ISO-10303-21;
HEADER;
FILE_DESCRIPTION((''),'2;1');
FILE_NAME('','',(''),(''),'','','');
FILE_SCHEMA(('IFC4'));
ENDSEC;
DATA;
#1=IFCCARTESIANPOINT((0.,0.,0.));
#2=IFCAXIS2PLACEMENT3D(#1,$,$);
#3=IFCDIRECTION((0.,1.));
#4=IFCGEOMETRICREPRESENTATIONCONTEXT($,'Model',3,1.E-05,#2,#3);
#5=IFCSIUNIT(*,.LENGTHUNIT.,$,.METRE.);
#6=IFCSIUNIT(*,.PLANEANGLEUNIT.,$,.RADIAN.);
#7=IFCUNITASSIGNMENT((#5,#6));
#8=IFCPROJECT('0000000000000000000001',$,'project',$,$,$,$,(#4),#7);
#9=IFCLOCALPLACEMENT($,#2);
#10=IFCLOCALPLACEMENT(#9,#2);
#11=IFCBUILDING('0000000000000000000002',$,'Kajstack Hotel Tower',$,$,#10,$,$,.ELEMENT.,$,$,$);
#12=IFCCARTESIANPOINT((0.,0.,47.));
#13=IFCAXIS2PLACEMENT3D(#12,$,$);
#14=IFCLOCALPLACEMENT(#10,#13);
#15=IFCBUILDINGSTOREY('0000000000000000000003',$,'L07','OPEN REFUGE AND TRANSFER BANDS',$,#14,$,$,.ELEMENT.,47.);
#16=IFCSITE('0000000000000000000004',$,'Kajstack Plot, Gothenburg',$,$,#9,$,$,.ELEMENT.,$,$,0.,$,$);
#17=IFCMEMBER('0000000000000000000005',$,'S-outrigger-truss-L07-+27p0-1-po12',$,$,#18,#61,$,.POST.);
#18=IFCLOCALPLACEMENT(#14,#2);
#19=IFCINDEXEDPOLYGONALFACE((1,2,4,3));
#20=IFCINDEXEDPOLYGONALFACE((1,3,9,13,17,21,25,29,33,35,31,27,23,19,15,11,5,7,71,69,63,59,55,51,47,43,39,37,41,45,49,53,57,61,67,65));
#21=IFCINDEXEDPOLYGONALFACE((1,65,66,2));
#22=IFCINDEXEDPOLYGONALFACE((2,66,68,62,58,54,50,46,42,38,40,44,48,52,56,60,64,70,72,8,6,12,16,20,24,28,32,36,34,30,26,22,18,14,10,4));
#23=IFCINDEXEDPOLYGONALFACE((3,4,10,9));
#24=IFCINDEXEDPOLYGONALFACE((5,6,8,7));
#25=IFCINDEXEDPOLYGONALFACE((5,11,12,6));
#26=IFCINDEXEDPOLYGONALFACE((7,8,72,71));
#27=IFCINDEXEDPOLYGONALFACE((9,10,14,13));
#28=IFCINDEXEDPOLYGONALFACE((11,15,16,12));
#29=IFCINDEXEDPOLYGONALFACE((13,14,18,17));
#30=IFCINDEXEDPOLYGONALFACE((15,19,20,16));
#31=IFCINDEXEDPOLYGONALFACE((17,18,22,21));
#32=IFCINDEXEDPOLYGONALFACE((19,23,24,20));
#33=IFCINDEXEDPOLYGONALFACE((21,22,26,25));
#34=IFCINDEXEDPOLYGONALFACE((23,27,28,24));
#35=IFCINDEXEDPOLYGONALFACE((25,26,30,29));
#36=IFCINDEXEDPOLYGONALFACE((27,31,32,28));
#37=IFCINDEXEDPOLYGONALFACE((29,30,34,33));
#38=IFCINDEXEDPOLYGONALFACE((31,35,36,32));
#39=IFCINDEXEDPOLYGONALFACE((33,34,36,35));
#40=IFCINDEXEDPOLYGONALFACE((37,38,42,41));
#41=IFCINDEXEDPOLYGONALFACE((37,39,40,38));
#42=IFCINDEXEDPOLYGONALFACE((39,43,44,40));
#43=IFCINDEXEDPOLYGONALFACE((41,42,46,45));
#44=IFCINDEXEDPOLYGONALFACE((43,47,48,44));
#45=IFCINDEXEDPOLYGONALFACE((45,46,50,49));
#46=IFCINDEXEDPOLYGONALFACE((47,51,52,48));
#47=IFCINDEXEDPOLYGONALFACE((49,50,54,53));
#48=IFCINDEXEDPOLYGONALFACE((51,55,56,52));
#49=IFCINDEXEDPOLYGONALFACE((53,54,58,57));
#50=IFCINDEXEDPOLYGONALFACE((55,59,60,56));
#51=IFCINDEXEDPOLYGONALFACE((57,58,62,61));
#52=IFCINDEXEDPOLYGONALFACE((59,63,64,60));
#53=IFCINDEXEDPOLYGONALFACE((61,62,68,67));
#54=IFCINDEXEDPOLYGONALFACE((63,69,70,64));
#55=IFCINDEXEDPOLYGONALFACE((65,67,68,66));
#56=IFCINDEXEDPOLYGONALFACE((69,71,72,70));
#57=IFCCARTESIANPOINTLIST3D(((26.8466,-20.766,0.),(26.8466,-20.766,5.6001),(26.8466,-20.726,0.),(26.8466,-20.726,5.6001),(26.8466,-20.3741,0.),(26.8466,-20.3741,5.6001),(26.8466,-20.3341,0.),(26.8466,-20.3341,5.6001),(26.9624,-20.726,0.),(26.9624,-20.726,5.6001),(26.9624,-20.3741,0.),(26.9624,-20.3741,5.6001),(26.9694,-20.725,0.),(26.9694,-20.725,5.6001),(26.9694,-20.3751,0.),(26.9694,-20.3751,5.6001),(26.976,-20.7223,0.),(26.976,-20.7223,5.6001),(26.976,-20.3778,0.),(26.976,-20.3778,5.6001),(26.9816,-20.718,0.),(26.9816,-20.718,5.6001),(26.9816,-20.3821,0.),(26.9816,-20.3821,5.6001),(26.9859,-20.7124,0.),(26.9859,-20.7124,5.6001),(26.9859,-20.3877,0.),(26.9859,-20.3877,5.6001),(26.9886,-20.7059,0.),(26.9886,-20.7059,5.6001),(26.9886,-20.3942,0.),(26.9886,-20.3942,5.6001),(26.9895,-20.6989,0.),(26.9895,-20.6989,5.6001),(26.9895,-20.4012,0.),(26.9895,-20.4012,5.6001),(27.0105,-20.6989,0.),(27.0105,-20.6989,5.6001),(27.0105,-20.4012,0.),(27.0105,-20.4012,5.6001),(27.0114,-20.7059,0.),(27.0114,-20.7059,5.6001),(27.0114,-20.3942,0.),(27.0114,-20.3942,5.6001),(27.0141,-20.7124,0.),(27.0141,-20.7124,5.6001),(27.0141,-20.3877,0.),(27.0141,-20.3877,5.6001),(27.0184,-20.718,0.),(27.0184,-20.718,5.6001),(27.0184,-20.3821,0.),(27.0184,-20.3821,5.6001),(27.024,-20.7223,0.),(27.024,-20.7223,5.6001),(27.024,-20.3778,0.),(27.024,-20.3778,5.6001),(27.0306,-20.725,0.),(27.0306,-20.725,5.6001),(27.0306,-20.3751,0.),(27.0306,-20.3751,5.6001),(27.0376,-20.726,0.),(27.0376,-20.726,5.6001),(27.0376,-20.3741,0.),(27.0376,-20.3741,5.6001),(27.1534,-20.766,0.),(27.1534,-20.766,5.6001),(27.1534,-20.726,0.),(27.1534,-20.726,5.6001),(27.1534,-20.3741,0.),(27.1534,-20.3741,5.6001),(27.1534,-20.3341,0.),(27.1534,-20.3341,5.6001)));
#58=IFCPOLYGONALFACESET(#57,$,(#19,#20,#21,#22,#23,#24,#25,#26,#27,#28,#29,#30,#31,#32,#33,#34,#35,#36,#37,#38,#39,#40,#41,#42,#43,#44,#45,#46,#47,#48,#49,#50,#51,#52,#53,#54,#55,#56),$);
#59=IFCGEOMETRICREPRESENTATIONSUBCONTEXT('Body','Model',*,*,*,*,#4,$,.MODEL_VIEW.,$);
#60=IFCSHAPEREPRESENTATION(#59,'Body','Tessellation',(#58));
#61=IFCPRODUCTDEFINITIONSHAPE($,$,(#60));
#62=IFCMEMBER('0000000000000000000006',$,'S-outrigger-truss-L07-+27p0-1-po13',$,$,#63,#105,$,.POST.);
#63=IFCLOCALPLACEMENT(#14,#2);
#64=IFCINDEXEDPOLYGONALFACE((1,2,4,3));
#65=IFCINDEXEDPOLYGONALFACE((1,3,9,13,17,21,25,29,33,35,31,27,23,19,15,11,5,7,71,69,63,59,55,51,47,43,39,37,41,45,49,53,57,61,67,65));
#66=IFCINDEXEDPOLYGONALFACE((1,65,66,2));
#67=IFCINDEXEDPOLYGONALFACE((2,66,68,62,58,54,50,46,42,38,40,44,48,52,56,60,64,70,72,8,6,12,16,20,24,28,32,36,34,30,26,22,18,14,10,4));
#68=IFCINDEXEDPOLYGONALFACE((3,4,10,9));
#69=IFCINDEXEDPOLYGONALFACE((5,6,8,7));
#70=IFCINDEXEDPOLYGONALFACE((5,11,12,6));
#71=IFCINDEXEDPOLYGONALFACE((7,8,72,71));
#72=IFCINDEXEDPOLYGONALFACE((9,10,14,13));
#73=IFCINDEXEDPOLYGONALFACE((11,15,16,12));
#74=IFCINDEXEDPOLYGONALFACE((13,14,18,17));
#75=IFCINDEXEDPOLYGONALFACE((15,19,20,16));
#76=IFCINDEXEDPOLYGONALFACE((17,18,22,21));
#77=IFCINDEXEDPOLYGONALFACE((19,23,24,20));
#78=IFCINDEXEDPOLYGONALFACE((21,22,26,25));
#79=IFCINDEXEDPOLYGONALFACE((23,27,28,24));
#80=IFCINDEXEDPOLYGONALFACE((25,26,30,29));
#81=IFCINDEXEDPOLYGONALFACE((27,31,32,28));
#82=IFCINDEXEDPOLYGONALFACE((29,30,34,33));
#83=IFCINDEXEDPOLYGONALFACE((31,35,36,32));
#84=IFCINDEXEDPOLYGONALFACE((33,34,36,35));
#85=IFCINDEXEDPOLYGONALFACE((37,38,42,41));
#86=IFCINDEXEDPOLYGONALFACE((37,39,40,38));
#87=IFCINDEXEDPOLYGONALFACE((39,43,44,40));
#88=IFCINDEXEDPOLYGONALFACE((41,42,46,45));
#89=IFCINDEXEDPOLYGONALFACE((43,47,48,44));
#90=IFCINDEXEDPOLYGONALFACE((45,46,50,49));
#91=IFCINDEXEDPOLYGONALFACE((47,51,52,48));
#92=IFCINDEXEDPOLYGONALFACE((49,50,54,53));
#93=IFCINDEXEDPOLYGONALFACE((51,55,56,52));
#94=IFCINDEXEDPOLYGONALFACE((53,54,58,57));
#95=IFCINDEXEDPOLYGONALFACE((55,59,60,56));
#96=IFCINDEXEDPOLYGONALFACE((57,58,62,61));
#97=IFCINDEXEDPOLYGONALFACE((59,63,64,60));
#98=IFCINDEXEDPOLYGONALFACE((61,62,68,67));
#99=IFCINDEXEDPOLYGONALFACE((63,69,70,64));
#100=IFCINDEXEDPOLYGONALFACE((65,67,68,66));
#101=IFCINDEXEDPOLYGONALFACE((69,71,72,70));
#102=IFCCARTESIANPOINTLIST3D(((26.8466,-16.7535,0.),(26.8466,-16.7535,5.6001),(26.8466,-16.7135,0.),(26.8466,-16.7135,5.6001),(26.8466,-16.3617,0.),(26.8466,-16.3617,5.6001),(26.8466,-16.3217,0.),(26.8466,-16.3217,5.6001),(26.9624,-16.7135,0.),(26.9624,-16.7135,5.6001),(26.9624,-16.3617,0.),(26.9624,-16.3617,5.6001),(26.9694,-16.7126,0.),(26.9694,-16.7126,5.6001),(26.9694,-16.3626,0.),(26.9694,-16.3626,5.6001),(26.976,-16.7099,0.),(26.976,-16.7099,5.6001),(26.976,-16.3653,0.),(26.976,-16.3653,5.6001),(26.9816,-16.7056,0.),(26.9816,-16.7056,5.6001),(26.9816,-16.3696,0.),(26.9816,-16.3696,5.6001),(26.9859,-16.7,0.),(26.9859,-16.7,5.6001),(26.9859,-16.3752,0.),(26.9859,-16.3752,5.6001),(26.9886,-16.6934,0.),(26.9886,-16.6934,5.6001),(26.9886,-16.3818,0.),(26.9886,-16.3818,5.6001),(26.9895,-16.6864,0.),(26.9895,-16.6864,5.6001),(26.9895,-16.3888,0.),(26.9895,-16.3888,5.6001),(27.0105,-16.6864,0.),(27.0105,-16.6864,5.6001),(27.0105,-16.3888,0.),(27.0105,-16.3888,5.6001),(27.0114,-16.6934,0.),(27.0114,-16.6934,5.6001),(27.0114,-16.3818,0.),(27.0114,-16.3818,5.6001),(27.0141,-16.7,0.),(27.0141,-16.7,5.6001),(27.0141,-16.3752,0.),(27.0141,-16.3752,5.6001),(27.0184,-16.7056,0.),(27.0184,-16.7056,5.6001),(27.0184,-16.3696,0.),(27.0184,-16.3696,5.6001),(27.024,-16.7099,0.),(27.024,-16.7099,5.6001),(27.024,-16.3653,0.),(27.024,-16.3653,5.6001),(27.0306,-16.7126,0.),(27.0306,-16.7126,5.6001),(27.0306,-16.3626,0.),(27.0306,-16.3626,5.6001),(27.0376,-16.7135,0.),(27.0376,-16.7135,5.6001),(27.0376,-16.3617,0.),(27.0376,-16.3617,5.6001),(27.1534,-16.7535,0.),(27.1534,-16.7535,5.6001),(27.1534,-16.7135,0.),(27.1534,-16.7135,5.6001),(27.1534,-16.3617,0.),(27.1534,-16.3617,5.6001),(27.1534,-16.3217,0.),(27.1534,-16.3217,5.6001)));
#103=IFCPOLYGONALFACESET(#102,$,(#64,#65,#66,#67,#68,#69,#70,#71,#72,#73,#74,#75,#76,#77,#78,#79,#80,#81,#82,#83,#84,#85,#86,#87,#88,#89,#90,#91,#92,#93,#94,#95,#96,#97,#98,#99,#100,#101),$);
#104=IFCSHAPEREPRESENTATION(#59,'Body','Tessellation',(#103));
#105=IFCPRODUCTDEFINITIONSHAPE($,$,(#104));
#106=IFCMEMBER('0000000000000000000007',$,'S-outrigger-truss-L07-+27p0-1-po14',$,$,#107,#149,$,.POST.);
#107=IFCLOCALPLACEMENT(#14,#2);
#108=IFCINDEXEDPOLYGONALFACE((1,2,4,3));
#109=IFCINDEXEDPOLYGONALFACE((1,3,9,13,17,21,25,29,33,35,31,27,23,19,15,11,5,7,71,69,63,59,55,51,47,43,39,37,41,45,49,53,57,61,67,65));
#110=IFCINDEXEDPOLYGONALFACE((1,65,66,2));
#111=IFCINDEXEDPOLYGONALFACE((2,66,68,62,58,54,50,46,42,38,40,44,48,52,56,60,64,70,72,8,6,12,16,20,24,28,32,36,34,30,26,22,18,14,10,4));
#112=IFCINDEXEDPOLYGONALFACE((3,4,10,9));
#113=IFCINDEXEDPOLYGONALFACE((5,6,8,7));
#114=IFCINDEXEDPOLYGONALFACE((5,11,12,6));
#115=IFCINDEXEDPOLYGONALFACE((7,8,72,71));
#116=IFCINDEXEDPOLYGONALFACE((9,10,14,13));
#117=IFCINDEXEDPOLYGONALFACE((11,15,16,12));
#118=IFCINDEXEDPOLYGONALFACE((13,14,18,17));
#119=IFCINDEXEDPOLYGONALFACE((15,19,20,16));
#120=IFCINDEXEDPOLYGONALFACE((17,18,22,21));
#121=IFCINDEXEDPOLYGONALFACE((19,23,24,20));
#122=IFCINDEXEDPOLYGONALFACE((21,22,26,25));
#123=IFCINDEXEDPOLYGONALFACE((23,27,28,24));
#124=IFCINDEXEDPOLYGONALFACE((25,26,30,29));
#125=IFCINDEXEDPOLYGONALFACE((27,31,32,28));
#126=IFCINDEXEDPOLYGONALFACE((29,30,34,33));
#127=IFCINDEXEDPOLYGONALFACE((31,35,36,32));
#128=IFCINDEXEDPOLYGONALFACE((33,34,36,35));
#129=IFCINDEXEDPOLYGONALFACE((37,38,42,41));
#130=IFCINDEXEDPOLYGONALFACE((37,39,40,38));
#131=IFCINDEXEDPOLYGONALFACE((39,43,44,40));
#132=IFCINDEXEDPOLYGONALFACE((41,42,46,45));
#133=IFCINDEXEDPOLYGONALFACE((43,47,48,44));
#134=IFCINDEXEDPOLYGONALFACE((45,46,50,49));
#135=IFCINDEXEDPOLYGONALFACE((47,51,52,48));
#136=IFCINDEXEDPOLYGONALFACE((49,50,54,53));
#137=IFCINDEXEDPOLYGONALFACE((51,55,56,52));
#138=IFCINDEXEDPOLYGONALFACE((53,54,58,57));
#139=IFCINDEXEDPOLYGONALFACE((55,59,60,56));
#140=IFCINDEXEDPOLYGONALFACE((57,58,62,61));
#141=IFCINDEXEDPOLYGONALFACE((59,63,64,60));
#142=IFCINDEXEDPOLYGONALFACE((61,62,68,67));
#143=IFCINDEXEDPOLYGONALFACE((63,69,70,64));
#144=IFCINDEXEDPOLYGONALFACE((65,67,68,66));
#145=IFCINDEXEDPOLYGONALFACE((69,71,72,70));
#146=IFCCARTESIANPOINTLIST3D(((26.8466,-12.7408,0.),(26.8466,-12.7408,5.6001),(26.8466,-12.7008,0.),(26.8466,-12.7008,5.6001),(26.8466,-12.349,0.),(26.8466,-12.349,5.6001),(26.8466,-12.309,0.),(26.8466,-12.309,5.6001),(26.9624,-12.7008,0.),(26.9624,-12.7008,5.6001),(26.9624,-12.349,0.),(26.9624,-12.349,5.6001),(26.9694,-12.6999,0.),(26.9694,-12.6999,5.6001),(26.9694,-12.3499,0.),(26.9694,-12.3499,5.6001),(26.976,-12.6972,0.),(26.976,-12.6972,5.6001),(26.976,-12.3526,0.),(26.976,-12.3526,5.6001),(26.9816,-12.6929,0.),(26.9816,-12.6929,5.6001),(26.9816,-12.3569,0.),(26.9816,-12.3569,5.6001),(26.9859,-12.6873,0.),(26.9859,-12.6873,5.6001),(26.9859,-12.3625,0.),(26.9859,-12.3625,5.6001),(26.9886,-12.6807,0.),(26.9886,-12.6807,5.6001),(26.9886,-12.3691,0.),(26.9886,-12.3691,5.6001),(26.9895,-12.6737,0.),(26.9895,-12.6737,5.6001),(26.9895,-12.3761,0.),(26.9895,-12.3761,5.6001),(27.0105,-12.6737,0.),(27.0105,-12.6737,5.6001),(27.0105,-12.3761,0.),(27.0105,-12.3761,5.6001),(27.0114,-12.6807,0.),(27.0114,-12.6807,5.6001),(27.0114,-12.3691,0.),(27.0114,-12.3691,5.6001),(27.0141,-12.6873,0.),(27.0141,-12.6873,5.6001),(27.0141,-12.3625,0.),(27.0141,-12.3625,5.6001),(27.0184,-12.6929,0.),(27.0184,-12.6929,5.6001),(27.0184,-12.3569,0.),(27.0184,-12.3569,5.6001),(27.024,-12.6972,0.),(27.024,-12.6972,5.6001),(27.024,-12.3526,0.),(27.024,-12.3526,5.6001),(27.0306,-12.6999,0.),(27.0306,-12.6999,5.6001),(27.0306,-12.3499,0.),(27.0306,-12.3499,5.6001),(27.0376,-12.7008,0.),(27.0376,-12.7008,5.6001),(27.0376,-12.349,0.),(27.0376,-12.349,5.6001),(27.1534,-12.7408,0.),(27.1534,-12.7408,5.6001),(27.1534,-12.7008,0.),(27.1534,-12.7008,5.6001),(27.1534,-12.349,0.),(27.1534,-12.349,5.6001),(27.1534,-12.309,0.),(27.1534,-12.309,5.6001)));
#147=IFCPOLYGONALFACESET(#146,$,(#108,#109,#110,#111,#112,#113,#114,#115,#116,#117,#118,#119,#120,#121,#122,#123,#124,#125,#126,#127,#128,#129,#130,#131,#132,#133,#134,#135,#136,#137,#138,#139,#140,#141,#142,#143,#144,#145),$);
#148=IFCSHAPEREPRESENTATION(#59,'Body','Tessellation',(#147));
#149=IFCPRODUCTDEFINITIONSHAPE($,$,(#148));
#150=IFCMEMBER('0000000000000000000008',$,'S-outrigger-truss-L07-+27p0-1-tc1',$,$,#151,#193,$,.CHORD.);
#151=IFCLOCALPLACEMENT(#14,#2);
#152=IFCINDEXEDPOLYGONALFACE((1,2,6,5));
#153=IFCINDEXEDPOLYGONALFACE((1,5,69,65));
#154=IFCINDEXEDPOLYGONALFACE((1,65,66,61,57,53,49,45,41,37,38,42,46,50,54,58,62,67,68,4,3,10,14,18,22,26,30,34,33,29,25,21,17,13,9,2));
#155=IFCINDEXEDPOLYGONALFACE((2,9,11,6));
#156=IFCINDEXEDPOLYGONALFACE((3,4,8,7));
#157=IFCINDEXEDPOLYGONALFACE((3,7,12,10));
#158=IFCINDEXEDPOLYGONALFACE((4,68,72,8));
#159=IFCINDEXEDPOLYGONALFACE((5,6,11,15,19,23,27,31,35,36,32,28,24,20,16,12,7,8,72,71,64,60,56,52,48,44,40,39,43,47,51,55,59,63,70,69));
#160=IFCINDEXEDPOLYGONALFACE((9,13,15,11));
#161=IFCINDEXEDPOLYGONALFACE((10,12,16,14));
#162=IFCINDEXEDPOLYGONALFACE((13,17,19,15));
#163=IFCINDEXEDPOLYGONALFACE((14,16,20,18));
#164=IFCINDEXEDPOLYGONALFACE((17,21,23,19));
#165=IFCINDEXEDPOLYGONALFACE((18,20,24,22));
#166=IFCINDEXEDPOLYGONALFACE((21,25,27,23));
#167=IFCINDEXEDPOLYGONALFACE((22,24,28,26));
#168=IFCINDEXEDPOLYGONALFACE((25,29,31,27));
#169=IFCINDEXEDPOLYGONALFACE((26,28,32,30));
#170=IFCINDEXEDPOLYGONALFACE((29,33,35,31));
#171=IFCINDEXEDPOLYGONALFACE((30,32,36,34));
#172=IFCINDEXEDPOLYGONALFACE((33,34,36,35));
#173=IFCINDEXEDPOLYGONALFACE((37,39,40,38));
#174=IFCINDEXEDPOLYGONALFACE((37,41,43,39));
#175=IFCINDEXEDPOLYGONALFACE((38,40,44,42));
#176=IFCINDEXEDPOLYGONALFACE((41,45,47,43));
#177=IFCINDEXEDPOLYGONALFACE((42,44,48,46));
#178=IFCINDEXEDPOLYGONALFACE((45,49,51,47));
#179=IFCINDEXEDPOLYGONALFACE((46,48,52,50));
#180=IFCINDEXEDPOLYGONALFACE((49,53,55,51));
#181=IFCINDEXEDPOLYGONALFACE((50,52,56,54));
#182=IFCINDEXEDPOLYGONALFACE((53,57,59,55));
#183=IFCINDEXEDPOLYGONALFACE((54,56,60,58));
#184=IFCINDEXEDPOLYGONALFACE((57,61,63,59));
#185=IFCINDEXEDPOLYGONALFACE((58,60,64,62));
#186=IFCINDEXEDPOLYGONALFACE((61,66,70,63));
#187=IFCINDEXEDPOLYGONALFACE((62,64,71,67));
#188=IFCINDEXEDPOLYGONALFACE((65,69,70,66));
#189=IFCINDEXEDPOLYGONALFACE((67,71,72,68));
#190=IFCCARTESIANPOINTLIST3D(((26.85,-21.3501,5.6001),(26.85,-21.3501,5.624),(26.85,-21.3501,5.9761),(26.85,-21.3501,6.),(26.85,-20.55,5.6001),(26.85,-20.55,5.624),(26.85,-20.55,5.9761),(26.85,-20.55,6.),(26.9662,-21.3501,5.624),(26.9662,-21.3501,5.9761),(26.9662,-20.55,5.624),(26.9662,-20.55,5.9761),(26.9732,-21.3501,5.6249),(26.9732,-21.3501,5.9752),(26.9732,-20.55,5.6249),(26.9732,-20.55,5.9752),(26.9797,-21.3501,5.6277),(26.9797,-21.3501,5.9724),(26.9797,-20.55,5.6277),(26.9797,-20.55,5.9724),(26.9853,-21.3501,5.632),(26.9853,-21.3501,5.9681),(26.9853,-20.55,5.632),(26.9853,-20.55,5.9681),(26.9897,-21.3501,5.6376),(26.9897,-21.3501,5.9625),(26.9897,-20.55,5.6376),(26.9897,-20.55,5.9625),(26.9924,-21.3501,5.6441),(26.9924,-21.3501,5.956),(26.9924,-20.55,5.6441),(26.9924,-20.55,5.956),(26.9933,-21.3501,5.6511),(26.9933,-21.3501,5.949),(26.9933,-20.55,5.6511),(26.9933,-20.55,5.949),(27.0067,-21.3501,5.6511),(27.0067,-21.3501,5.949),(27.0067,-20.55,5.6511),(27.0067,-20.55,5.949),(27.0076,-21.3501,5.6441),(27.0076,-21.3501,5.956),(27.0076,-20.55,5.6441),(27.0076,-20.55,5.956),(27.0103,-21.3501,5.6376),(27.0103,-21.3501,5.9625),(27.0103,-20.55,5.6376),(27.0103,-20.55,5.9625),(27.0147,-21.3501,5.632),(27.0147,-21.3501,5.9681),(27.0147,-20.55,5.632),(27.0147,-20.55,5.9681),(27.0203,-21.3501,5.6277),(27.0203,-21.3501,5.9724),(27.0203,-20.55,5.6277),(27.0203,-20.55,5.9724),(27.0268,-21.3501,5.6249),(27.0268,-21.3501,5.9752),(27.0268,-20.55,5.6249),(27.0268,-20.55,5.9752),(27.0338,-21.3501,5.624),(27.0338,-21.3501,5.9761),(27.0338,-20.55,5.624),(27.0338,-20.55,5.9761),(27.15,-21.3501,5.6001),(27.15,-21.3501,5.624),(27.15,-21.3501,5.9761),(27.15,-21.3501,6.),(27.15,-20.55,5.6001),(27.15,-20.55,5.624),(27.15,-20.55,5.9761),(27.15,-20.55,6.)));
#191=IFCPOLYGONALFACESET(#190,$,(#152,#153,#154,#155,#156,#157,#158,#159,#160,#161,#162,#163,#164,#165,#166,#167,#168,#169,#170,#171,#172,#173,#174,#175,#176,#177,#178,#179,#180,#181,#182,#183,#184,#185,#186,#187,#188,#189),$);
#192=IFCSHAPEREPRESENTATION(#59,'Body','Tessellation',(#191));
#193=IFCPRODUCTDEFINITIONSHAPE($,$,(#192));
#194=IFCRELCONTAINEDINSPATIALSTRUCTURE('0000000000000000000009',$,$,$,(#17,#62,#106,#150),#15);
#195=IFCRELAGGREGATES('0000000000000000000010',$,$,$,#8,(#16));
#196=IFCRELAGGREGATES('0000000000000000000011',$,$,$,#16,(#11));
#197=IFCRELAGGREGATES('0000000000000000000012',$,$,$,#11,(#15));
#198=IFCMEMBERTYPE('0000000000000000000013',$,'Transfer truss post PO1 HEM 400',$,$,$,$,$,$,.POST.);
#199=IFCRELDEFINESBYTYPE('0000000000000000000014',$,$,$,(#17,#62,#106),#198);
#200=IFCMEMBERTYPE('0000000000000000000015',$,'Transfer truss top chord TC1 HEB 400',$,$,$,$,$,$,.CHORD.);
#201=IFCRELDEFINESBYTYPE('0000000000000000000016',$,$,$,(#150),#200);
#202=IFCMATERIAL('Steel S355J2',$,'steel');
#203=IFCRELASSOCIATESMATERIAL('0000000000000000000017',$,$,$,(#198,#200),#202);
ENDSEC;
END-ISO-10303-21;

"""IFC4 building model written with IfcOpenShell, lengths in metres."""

from ifc_helpers import new_model, si_unit, direction, frame, origin, origin_2d, place, context, subcontext, project, spatial, i_section, extrude, material, material_profile, profile_set, type_object, element, save


model = new_model("IFC4")

# Units and contexts
model_context = context("Model", 3, precision=1e-05, world=origin(), true_north=direction((0.0, 1.0)))
body_context = subcontext(model_context, "Body", "Model", "MODEL_VIEW")
ifc_project = project(units=[si_unit("LENGTHUNIT", "METRE"), si_unit("PLANEANGLEUNIT", "RADIAN")], contexts=[model_context])

# Site, building, storey
site_placement = place(None, origin())
site = spatial("IfcSite", under=ifc_project, at=site_placement, Name="Kajstack Plot, Gothenburg", CompositionType="ELEMENT", RefElevation=0.0)
building_placement = place(site_placement, origin())
building = spatial("IfcBuilding", under=site, at=building_placement, Name="Kajstack Hotel Tower", CompositionType="ELEMENT")
storey_placement = place(building_placement, frame((0.0, 0.0, 47.0)))
storey = spatial("IfcBuildingStorey", under=building, at=storey_placement, Name="L07", Description="OPEN REFUGE AND TRANSFER BANDS", CompositionType="ELEMENT", Elevation=47.0)

# Members
ifc_material_1 = material(Name="Steel S355J2", Category="steel")
ifc_material_profile_1 = material_profile(ifc_material_1, i_section(OverallWidth=0.3069, OverallDepth=0.4319, WebThickness=0.021, FlangeThickness=0.04, FilletRadius=0.0271, at=origin_2d()), Name="HEM 400")
ifc_profile_set_1 = profile_set([ifc_material_profile_1], Name="Steel S355J2")
member_type_1 = type_object("IfcMemberType", Name="Transfer truss post PO1 HEM 400", PredefinedType="POST", material=ifc_profile_set_1)
for number, where, z_axis, x_axis, name in (
    (1, (27.0, -20.55, 0.0), (0.0, 0.0, 1.0), (1.0, 0.0, 0.0), "S-outrigger-truss-L07-+27p0-1-po12"),
    (2, (27.0, -16.5376, 0.0), (0.0, 0.0, 1.0), (1.0, 0.0, 0.0), "S-outrigger-truss-L07-+27p0-1-po13"),
    (3, (27.0, -12.5249, 0.0), (0.0, 0.0, 1.0), (1.0, 0.0, 0.0), "S-outrigger-truss-L07-+27p0-1-po14"),
):
    element("IfcMember", number, at=place(storey_placement, frame(where, z_axis=z_axis, x_axis=x_axis)), inside=storey, type_object=member_type_1, Name=name, PredefinedType="POST", context=body_context, shape_type="SweptSolid", body=[
        extrude(i_section(OverallWidth=0.3069, OverallDepth=0.4319, WebThickness=0.021, FlangeThickness=0.04, FilletRadius=0.0271, at=origin_2d()), origin(), (0.0, 0.0, 1.0), 5.6001),
    ])
ifc_material_profile_2 = material_profile(ifc_material_1, i_section(OverallWidth=0.3, OverallDepth=0.3999, WebThickness=0.0134, FlangeThickness=0.0239, FilletRadius=0.0271, at=origin_2d()), Name="HEB 400")
ifc_profile_set_2 = profile_set([ifc_material_profile_2], Name="Steel S355J2")
member_type_2 = type_object("IfcMemberType", Name="Transfer truss top chord TC1 HEB 400", PredefinedType="CHORD", material=ifc_profile_set_2)
member_1_placement = place(storey_placement, frame((27.0, -21.3501, 5.8), z_axis=(0.0, 1.0, 0.0), x_axis=(-1.0, 0.0, 0.0)))
element("IfcMember", 4, at=member_1_placement, inside=storey, type_object=member_type_2, Name="S-outrigger-truss-L07-+27p0-1-tc1", PredefinedType="CHORD", context=body_context, shape_type="SweptSolid", body=[
    extrude(i_section(OverallWidth=0.3, OverallDepth=0.3999, WebThickness=0.0134, FlangeThickness=0.0239, FilletRadius=0.0271, at=origin_2d()), origin(), (0.0, 0.0, 1.0), 0.8),
])

save(model, "model.ifc")
